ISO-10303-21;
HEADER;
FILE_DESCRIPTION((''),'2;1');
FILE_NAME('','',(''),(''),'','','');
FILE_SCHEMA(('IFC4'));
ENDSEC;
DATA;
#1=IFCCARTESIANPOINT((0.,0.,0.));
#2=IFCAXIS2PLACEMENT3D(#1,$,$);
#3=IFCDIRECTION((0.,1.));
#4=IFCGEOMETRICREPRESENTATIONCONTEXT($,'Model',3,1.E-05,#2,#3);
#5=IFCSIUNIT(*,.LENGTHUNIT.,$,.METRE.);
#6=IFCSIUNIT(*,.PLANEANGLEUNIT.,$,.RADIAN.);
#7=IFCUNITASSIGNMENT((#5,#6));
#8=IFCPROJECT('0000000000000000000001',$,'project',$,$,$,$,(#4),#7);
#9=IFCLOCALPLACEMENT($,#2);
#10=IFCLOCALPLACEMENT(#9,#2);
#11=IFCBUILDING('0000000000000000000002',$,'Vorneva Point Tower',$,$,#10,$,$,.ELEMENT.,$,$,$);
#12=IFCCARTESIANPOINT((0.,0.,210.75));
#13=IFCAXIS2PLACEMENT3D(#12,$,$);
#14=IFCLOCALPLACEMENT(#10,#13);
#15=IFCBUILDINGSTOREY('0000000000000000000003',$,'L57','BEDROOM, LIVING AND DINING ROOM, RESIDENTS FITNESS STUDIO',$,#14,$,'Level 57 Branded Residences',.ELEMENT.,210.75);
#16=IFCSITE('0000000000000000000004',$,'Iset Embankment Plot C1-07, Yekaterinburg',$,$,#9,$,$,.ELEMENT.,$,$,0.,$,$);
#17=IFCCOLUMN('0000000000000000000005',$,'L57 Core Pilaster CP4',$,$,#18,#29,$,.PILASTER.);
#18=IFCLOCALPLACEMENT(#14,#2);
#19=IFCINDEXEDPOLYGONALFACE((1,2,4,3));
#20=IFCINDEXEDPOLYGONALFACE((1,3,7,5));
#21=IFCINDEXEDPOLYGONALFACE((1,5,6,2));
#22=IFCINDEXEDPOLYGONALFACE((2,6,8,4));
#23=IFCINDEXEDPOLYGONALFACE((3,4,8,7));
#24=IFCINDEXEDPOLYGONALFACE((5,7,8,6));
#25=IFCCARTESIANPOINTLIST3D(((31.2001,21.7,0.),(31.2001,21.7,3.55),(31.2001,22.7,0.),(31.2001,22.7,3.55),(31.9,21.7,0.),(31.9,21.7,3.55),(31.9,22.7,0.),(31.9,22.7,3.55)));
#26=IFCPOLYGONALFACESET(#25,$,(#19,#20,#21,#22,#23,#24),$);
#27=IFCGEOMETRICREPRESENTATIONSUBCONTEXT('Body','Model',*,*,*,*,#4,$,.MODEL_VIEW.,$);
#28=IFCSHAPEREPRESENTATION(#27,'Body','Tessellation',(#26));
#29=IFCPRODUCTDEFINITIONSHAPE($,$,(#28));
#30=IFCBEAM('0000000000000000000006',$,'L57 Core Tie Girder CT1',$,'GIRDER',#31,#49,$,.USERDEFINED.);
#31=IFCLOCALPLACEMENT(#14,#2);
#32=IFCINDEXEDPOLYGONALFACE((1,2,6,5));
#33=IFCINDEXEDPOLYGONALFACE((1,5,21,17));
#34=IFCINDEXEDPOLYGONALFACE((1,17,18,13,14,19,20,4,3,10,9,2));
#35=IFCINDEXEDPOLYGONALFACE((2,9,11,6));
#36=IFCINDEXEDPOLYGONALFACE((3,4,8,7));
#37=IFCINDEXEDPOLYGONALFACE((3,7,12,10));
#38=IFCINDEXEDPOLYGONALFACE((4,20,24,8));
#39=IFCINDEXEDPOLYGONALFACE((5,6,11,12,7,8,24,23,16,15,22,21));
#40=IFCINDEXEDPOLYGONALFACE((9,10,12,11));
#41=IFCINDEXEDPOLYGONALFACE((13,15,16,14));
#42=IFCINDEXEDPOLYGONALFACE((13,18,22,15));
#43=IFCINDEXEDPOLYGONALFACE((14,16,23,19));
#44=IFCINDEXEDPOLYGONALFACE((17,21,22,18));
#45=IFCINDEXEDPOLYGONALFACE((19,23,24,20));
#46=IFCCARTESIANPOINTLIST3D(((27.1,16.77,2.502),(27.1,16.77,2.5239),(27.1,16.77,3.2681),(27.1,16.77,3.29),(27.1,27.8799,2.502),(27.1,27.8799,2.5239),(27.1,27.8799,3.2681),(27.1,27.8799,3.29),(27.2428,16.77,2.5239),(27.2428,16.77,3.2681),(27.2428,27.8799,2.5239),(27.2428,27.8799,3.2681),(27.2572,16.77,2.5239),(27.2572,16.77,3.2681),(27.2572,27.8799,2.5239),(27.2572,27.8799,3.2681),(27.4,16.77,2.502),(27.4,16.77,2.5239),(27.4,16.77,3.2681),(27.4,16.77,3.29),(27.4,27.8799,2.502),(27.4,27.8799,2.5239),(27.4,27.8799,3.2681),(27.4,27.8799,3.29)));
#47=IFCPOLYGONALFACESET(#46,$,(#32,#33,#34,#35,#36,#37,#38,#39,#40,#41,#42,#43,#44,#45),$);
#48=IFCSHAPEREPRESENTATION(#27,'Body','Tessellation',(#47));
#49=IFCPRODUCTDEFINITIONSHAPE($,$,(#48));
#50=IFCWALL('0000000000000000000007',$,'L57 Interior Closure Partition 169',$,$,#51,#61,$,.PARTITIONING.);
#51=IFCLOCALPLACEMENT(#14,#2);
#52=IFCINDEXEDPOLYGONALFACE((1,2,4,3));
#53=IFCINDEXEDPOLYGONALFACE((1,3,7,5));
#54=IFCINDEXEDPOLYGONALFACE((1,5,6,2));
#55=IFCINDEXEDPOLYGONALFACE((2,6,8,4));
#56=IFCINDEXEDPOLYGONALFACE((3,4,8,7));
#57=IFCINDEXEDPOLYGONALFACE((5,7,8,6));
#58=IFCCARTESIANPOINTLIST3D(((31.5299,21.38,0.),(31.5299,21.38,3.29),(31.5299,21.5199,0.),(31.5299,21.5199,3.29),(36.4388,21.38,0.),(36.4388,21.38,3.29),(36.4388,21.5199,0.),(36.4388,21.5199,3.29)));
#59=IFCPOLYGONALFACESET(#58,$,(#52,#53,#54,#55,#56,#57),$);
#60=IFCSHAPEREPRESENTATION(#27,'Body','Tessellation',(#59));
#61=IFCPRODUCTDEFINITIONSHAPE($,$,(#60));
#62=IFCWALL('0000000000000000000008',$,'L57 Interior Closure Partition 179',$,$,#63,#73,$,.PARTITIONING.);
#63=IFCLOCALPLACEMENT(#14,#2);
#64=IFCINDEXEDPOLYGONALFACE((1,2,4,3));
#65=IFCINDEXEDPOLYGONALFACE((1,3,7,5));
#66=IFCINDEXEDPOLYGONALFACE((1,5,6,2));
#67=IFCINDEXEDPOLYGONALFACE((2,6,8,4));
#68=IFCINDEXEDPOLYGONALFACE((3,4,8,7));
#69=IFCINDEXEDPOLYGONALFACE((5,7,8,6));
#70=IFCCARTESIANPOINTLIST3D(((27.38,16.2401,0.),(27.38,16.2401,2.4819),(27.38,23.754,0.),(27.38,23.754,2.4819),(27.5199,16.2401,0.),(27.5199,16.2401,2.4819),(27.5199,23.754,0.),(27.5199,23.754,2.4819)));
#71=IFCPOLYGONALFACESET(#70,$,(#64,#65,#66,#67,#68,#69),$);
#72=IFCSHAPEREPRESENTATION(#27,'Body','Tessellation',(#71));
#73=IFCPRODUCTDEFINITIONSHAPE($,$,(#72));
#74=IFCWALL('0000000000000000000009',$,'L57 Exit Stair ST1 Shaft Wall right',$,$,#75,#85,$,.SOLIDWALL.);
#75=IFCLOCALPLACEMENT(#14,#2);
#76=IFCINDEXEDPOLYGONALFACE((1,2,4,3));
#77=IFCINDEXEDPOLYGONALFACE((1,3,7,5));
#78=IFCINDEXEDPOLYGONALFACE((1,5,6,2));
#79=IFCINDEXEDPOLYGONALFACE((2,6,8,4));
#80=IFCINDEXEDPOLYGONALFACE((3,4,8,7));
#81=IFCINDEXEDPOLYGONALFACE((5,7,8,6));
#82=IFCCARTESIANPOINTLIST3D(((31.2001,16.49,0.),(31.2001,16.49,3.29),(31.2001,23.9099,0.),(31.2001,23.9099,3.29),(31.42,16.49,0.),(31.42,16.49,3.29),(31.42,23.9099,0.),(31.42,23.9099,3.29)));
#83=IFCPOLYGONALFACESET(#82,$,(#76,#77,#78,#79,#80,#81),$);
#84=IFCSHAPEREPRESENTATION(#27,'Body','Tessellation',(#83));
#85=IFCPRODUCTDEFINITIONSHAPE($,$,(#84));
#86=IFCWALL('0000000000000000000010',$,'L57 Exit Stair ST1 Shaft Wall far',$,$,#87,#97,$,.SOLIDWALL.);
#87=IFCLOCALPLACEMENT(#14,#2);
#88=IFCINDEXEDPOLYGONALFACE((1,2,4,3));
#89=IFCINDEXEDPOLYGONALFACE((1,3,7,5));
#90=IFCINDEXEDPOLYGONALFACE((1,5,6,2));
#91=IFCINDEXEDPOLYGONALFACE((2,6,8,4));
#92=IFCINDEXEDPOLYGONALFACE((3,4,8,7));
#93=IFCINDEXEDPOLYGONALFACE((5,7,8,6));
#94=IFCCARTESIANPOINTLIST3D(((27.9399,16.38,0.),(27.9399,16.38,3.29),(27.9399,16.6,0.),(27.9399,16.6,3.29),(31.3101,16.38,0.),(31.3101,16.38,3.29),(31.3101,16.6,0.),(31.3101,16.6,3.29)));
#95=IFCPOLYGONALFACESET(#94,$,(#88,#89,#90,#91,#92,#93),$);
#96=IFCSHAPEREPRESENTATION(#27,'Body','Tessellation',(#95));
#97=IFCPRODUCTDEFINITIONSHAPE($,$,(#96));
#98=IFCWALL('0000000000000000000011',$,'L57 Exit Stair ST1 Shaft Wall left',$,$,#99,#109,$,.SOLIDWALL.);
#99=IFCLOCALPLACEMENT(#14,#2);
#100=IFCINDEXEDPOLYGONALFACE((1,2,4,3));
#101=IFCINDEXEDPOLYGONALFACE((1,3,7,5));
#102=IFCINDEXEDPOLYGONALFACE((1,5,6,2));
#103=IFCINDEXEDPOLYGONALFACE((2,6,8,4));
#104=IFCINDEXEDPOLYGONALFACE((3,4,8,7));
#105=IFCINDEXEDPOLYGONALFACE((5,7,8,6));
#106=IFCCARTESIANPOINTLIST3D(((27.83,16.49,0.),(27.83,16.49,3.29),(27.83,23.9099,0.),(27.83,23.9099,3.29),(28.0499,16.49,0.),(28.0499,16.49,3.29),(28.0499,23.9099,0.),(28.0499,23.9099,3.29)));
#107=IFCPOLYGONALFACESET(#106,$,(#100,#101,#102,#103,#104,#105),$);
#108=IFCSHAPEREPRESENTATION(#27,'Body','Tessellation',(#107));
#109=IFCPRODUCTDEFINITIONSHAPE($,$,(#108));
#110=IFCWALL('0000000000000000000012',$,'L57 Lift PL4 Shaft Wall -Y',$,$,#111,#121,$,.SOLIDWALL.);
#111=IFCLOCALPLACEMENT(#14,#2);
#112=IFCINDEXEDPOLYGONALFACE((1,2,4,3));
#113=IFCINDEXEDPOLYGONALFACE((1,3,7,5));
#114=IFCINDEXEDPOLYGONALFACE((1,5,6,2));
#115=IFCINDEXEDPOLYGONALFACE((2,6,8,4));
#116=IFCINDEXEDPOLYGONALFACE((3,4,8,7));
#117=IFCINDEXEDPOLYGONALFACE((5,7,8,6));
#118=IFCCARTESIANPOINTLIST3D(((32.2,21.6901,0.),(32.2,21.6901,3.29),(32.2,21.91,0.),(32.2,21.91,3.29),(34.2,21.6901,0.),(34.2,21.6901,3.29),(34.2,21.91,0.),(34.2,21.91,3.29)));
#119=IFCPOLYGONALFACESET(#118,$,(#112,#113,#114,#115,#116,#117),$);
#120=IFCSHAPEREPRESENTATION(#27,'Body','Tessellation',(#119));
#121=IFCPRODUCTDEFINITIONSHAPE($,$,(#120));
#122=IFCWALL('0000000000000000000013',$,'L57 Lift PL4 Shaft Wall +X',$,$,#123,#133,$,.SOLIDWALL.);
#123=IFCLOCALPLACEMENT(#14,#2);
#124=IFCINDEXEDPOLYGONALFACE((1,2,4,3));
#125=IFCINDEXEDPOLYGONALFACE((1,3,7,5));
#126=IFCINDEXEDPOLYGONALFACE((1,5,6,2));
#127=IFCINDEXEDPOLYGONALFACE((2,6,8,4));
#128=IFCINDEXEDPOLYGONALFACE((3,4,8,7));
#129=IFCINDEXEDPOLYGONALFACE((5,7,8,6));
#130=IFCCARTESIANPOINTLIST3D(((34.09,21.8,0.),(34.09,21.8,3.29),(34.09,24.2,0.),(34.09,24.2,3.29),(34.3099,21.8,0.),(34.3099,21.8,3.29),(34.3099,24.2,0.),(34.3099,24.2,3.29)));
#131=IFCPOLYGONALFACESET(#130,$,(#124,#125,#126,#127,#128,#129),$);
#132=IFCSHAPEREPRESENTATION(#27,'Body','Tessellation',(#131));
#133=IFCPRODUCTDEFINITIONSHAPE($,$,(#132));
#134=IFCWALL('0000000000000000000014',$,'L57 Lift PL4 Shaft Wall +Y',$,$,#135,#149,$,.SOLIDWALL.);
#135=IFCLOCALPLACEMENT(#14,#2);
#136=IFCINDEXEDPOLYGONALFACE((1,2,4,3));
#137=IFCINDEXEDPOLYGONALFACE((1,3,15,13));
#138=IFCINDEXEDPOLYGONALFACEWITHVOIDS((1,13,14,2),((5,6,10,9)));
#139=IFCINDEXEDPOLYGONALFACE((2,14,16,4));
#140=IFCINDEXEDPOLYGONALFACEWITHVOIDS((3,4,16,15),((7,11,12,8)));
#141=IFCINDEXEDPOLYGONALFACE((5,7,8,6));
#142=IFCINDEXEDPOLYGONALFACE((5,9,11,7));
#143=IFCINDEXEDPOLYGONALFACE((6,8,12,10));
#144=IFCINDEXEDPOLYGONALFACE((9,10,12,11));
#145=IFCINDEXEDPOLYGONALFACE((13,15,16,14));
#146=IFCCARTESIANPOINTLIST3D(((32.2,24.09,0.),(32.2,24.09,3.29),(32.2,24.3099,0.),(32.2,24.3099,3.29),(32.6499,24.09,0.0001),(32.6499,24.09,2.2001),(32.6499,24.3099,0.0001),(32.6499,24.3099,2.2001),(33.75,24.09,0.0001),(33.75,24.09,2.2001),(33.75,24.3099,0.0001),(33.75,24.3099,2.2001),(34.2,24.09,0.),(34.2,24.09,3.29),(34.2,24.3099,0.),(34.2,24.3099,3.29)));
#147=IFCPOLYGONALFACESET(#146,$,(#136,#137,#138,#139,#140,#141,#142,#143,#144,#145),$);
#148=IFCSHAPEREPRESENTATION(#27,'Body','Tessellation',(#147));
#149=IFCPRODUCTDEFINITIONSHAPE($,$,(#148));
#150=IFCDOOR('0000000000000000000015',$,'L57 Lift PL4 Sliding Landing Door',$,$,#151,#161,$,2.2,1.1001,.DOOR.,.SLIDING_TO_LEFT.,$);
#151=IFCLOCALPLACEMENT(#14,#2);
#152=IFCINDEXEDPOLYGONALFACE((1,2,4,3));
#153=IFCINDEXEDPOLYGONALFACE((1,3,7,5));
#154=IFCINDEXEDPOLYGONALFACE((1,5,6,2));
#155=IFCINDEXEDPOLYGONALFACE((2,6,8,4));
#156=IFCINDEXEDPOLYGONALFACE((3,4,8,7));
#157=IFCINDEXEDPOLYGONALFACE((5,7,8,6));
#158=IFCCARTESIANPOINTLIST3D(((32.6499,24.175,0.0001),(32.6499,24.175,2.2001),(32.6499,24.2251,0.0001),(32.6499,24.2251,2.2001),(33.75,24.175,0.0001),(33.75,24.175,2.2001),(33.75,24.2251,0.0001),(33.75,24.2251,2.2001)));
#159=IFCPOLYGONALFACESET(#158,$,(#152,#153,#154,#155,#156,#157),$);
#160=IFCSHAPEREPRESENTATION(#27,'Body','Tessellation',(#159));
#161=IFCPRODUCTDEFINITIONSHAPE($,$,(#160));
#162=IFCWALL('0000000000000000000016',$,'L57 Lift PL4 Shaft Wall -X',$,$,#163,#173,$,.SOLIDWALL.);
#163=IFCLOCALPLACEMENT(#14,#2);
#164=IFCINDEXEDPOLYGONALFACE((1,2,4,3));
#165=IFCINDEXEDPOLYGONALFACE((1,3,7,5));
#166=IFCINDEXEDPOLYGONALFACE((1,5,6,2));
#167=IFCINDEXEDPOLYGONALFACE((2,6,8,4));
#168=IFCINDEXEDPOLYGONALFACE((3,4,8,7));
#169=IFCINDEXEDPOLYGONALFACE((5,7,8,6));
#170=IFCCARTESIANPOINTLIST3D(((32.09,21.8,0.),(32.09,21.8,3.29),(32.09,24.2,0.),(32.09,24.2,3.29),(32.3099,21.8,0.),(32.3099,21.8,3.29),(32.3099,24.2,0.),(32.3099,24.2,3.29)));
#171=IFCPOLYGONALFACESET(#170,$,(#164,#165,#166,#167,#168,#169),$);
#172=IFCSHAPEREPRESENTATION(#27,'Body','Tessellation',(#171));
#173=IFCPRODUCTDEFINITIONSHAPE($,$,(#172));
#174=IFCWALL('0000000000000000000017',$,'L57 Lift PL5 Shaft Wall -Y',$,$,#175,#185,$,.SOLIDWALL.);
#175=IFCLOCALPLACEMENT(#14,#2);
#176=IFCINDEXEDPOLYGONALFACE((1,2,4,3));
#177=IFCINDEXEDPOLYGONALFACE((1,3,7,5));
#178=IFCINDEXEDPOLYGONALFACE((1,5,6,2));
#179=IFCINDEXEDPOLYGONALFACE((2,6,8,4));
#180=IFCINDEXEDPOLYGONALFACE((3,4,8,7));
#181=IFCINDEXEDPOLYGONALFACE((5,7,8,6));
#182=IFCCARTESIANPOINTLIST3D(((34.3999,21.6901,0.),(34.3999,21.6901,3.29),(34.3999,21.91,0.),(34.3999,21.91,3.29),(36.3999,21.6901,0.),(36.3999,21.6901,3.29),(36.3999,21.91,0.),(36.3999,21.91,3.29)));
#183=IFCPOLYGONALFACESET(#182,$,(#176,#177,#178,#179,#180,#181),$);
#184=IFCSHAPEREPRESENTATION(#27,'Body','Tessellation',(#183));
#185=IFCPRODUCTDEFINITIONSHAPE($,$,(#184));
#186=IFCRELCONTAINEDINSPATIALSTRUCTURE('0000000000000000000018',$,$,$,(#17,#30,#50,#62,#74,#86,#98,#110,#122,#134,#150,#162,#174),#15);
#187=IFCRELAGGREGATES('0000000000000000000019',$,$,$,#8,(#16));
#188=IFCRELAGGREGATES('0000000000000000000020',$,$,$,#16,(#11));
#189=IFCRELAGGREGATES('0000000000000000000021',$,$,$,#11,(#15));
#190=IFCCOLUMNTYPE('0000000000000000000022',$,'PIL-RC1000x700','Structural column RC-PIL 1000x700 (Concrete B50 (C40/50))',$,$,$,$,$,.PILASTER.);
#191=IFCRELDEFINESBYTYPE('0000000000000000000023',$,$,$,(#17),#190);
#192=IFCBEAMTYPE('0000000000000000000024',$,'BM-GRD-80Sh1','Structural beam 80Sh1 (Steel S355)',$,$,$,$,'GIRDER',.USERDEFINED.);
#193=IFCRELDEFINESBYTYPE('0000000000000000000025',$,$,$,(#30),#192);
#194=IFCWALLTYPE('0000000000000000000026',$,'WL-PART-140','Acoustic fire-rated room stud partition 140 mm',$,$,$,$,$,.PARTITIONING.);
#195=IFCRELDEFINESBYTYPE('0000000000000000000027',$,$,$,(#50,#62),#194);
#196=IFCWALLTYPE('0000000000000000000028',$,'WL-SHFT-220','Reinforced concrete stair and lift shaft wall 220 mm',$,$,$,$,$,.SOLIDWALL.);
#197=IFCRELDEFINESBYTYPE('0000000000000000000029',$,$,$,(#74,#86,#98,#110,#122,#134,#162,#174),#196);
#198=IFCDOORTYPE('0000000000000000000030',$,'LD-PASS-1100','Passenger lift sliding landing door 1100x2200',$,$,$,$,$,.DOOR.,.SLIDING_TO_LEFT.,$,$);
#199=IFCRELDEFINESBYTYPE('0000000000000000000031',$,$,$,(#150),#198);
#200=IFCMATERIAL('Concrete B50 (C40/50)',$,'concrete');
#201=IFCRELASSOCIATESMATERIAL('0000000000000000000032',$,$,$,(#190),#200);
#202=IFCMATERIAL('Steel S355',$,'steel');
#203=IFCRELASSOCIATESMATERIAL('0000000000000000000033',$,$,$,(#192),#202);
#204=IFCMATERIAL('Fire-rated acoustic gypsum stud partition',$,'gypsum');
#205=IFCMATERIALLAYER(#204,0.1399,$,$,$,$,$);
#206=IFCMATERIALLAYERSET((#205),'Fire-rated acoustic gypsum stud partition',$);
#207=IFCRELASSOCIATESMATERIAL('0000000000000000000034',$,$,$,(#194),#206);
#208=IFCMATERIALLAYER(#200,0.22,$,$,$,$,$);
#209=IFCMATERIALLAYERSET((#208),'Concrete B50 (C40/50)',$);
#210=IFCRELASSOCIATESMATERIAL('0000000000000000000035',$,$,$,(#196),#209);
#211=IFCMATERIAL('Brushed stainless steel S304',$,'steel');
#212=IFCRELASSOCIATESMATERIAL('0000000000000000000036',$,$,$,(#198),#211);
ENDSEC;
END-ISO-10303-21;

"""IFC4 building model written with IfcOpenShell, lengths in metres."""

from ifc_helpers import new_model, si_unit, direction, frame, frame_2d, origin, origin_2d, place, context, subcontext, project, spatial, rectangle, i_section, extrude, material, layer, layer_set, material_profile, profile_set, type_object, element, fill, save


model = new_model("IFC4")

# Units and contexts
model_context = context("Model", 3, precision=1e-05, world=origin(), true_north=direction((0.0, 1.0)))
body_context = subcontext(model_context, "Body", "Model", "MODEL_VIEW")
ifc_project = project(units=[si_unit("LENGTHUNIT", "METRE"), si_unit("PLANEANGLEUNIT", "RADIAN")], contexts=[model_context])

# Site, building, storey
site_placement = place(None, origin())
site = spatial("IfcSite", under=ifc_project, at=site_placement, Name="Iset Embankment Plot C1-07, Yekaterinburg", CompositionType="ELEMENT", RefElevation=0.0)
building_placement = place(site_placement, origin())
building = spatial("IfcBuilding", under=site, at=building_placement, Name="Vorneva Point Tower", CompositionType="ELEMENT")
storey_placement = place(building_placement, frame((0.0, 0.0, 210.75)))
storey = spatial("IfcBuildingStorey", under=building, at=storey_placement, Name="L57", Description="BEDROOM, LIVING AND DINING ROOM, RESIDENTS FITNESS STUDIO", LongName="Level 57 Branded Residences", CompositionType="ELEMENT", Elevation=210.75)

# Column
ifc_material_1 = material(Name="Concrete B50 (C40/50)", Category="concrete")
ifc_material_profile_1 = material_profile(ifc_material_1, rectangle(XDim=0.7, YDim=1.0, at=origin_2d()), Name="RC-PIL 1000x700")
ifc_profile_set_1 = profile_set([ifc_material_profile_1], Name="Concrete B50 (C40/50)")
column_type = type_object("IfcColumnType", Name="PIL-RC1000x700", Description="Structural column RC-PIL 1000x700 (Concrete B50 (C40/50))", PredefinedType="PILASTER", material=ifc_profile_set_1)
column_placement = place(storey_placement, frame((31.55, 22.2, 0.0), z_axis=(0.0, 0.0, 1.0), x_axis=(1.0, 0.0, 0.0)))
element("IfcColumn", 1, at=column_placement, inside=storey, type_object=column_type, Name="L57 Core Pilaster CP4", PredefinedType="PILASTER", context=body_context, shape_type="SweptSolid", body=[
    extrude(rectangle(XDim=0.7, YDim=1.0, at=origin_2d()), origin(), (0.0, 0.0, 1.0), 3.55),
])

# Beam
ifc_material_2 = material(Name="Steel S355", Category="steel")
ifc_material_profile_2 = material_profile(ifc_material_2, i_section(OverallWidth=0.3, OverallDepth=0.7881, WebThickness=0.0144, FlangeThickness=0.022, at=origin_2d()), Name="80Sh1")
ifc_profile_set_2 = profile_set([ifc_material_profile_2], Name="Steel S355")
beam_type = type_object("IfcBeamType", Name="BM-GRD-80Sh1", Description="Structural beam 80Sh1 (Steel S355)", ElementType="GIRDER", PredefinedType="USERDEFINED", material=ifc_profile_set_2)
beam_placement = place(storey_placement, frame((27.25, 16.77, 2.896), z_axis=(0.0, 1.0, 0.0), x_axis=(-1.0, 0.0, 0.0)))
element("IfcBeam", 2, at=beam_placement, inside=storey, type_object=beam_type, Name="L57 Core Tie Girder CT1", ObjectType="GIRDER", PredefinedType="USERDEFINED", context=body_context, shape_type="SweptSolid", body=[
    extrude(i_section(OverallWidth=0.3, OverallDepth=0.7881, WebThickness=0.0144, FlangeThickness=0.022, at=origin_2d()), origin(), (0.0, 0.0, 1.0), 11.1099),
])

# Walls
ifc_material_3 = material(Name="Fire-rated acoustic gypsum stud partition", Category="gypsum")
ifc_layer_1 = layer(ifc_material_3, 0.1399)
ifc_layer_set_1 = layer_set([ifc_layer_1], Name="Fire-rated acoustic gypsum stud partition")
wall_type_1 = type_object("IfcWallType", Name="WL-PART-140", Description="Acoustic fire-rated room stud partition 140 mm", PredefinedType="PARTITIONING", material=ifc_layer_set_1)
wall_1_placement = place(storey_placement, frame((36.439, 21.45, 0.0), z_axis=(0.0, 0.0, 1.0), x_axis=(-1.0, 0.0, 0.0)))
element("IfcWall", 3, at=wall_1_placement, inside=storey, type_object=wall_type_1, Name="L57 Interior Closure Partition 169", PredefinedType="PARTITIONING", context=body_context, shape_type="SweptSolid", body=[
    extrude(rectangle(XDim=4.9089, YDim=0.1399, at=frame_2d((2.4546, 0.0))), origin(), (0.0, 0.0, 1.0), 3.29),
])
wall_2_placement = place(storey_placement, frame((27.45, 23.7539, 0.0), z_axis=(0.0, 0.0, 1.0), x_axis=(0.0, -1.0, 0.0)))
element("IfcWall", 4, at=wall_2_placement, inside=storey, type_object=wall_type_1, Name="L57 Interior Closure Partition 179", PredefinedType="PARTITIONING", context=body_context, shape_type="SweptSolid", body=[
    extrude(rectangle(XDim=7.5139, YDim=0.1399, at=frame_2d((3.7568, 0.0))), origin(), (0.0, 0.0, 1.0), 2.4819),
])

# Shared definitions
ifc_layer_2 = layer(ifc_material_1, 0.22)
ifc_layer_set_2 = layer_set([ifc_layer_2], Name="Concrete B50 (C40/50)")
wall_type_2 = type_object("IfcWallType", Name="WL-SHFT-220", Description="Reinforced concrete stair and lift shaft wall 220 mm", PredefinedType="SOLIDWALL", material=ifc_layer_set_2)

# Walls
wall_3_placement = place(storey_placement, frame((31.3101, 23.9099, 0.0), z_axis=(0.0, 0.0, 1.0), x_axis=(0.0, -1.0, 0.0)))
element("IfcWall", 5, at=wall_3_placement, inside=storey, type_object=wall_type_2, Name="L57 Exit Stair ST1 Shaft Wall right", PredefinedType="SOLIDWALL", context=body_context, shape_type="SweptSolid", body=[
    extrude(rectangle(XDim=7.4199, YDim=0.22, at=frame_2d((3.71, 0.0))), origin(), (0.0, 0.0, 1.0), 3.29),
])
wall_4_placement = place(storey_placement, frame((31.3101, 16.49, 0.0), z_axis=(0.0, 0.0, 1.0), x_axis=(-1.0, 0.0, 0.0)))
element("IfcWall", 6, at=wall_4_placement, inside=storey, type_object=wall_type_2, Name="L57 Exit Stair ST1 Shaft Wall far", PredefinedType="SOLIDWALL", context=body_context, shape_type="SweptSolid", body=[
    extrude(rectangle(XDim=3.3701, YDim=0.22, at=frame_2d((1.6851, 0.0))), origin(), (0.0, 0.0, 1.0), 3.29),
])
wall_5_placement = place(storey_placement, frame((27.9399, 16.49, 0.0), z_axis=(0.0, 0.0, 1.0), x_axis=(0.0, 1.0, 0.0)))
element("IfcWall", 7, at=wall_5_placement, inside=storey, type_object=wall_type_2, Name="L57 Exit Stair ST1 Shaft Wall left", PredefinedType="SOLIDWALL", context=body_context, shape_type="SweptSolid", body=[
    extrude(rectangle(XDim=7.4199, YDim=0.22, at=frame_2d((3.71, 0.0))), origin(), (0.0, 0.0, 1.0), 3.29),
])
wall_6_placement = place(storey_placement, frame((32.2, 21.8, 0.0), z_axis=(0.0, 0.0, 1.0), x_axis=(1.0, 0.0, 0.0)))
element("IfcWall", 8, at=wall_6_placement, inside=storey, type_object=wall_type_2, Name="L57 Lift PL4 Shaft Wall -Y", PredefinedType="SOLIDWALL", context=body_context, shape_type="SweptSolid", body=[
    extrude(rectangle(XDim=2.0, YDim=0.22, at=frame_2d((1.0, 0.0))), origin(), (0.0, 0.0, 1.0), 3.29),
])
wall_7_placement = place(storey_placement, frame((34.2, 21.8, 0.0), z_axis=(0.0, 0.0, 1.0), x_axis=(0.0, 1.0, 0.0)))
element("IfcWall", 9, at=wall_7_placement, inside=storey, type_object=wall_type_2, Name="L57 Lift PL4 Shaft Wall +X", PredefinedType="SOLIDWALL", context=body_context, shape_type="SweptSolid", body=[
    extrude(rectangle(XDim=2.3999, YDim=0.22, at=frame_2d((1.2, 0.0))), origin(), (0.0, 0.0, 1.0), 3.29),
])

# Wall, opening, door
wall_8_placement = place(storey_placement, frame((34.2, 24.2, 0.0), z_axis=(0.0, 0.0, 1.0), x_axis=(-1.0, 0.0, 0.0)))
wall_8 = element("IfcWall", 10, at=wall_8_placement, inside=storey, type_object=wall_type_2, Name="L57 Lift PL4 Shaft Wall +Y", PredefinedType="SOLIDWALL", context=body_context, shape_type="SweptSolid", body=[
    extrude(rectangle(XDim=2.0, YDim=0.22, at=frame_2d((1.0, 0.0))), origin(), (0.0, 0.0, 1.0), 3.29),
])
opening_1_placement = place(wall_8_placement, frame((0.45, 0.0, 0.0)))
opening_1 = element("IfcOpeningElement", 11, at=opening_1_placement, cuts=wall_8, PredefinedType="OPENING", context=body_context, shape_type="SweptSolid", body=[
    extrude(rectangle(XDim=1.1001, YDim=2.2, at=frame_2d((0.55, 1.1001))), frame((0.0, 0.125, 0.0), z_axis=(0.0, -1.0, 0.0), x_axis=(1.0, 0.0, 0.0)), (0.0, 0.0, 1.0), 0.2498),
])
ifc_material_4 = material(Name="Brushed stainless steel S304", Category="steel")
door_type_1 = type_object("IfcDoorType", Name="LD-PASS-1100", Description="Passenger lift sliding landing door 1100x2200", OperationType="SLIDING_TO_LEFT", PredefinedType="DOOR", material=ifc_material_4)
door_1_placement = place(opening_1_placement, origin())
door_1 = element("IfcDoor", 12, at=door_1_placement, inside=storey, type_object=door_type_1, Name="L57 Lift PL4 Sliding Landing Door", OperationType="SLIDING_TO_LEFT", OverallHeight=2.2, OverallWidth=1.1001, PredefinedType="DOOR", context=body_context, shape_type="SweptSolid", body=[
    extrude(rectangle(XDim=1.1001, YDim=2.2, at=frame_2d((0.55, 1.1001))), frame((0.0, 0.0249, 0.0), z_axis=(0.0, -1.0, 0.0), x_axis=(1.0, 0.0, 0.0)), (0.0, 0.0, 1.0), 0.05),
])
fill(opening_1, door_1)

# Walls
wall_9_placement = place(storey_placement, frame((32.2, 24.2, 0.0), z_axis=(0.0, 0.0, 1.0), x_axis=(0.0, -1.0, 0.0)))
element("IfcWall", 13, at=wall_9_placement, inside=storey, type_object=wall_type_2, Name="L57 Lift PL4 Shaft Wall -X", PredefinedType="SOLIDWALL", context=body_context, shape_type="SweptSolid", body=[
    extrude(rectangle(XDim=2.3999, YDim=0.22, at=frame_2d((1.2, 0.0))), origin(), (0.0, 0.0, 1.0), 3.29),
])
wall_10_placement = place(storey_placement, frame((34.3999, 21.8, 0.0), z_axis=(0.0, 0.0, 1.0), x_axis=(1.0, 0.0, 0.0)))
element("IfcWall", 14, at=wall_10_placement, inside=storey, type_object=wall_type_2, Name="L57 Lift PL5 Shaft Wall -Y", PredefinedType="SOLIDWALL", context=body_context, shape_type="SweptSolid", body=[
    extrude(rectangle(XDim=2.0, YDim=0.22, at=frame_2d((1.0, 0.0))), origin(), (0.0, 0.0, 1.0), 3.29),
])

save(model, "model.ifc")
